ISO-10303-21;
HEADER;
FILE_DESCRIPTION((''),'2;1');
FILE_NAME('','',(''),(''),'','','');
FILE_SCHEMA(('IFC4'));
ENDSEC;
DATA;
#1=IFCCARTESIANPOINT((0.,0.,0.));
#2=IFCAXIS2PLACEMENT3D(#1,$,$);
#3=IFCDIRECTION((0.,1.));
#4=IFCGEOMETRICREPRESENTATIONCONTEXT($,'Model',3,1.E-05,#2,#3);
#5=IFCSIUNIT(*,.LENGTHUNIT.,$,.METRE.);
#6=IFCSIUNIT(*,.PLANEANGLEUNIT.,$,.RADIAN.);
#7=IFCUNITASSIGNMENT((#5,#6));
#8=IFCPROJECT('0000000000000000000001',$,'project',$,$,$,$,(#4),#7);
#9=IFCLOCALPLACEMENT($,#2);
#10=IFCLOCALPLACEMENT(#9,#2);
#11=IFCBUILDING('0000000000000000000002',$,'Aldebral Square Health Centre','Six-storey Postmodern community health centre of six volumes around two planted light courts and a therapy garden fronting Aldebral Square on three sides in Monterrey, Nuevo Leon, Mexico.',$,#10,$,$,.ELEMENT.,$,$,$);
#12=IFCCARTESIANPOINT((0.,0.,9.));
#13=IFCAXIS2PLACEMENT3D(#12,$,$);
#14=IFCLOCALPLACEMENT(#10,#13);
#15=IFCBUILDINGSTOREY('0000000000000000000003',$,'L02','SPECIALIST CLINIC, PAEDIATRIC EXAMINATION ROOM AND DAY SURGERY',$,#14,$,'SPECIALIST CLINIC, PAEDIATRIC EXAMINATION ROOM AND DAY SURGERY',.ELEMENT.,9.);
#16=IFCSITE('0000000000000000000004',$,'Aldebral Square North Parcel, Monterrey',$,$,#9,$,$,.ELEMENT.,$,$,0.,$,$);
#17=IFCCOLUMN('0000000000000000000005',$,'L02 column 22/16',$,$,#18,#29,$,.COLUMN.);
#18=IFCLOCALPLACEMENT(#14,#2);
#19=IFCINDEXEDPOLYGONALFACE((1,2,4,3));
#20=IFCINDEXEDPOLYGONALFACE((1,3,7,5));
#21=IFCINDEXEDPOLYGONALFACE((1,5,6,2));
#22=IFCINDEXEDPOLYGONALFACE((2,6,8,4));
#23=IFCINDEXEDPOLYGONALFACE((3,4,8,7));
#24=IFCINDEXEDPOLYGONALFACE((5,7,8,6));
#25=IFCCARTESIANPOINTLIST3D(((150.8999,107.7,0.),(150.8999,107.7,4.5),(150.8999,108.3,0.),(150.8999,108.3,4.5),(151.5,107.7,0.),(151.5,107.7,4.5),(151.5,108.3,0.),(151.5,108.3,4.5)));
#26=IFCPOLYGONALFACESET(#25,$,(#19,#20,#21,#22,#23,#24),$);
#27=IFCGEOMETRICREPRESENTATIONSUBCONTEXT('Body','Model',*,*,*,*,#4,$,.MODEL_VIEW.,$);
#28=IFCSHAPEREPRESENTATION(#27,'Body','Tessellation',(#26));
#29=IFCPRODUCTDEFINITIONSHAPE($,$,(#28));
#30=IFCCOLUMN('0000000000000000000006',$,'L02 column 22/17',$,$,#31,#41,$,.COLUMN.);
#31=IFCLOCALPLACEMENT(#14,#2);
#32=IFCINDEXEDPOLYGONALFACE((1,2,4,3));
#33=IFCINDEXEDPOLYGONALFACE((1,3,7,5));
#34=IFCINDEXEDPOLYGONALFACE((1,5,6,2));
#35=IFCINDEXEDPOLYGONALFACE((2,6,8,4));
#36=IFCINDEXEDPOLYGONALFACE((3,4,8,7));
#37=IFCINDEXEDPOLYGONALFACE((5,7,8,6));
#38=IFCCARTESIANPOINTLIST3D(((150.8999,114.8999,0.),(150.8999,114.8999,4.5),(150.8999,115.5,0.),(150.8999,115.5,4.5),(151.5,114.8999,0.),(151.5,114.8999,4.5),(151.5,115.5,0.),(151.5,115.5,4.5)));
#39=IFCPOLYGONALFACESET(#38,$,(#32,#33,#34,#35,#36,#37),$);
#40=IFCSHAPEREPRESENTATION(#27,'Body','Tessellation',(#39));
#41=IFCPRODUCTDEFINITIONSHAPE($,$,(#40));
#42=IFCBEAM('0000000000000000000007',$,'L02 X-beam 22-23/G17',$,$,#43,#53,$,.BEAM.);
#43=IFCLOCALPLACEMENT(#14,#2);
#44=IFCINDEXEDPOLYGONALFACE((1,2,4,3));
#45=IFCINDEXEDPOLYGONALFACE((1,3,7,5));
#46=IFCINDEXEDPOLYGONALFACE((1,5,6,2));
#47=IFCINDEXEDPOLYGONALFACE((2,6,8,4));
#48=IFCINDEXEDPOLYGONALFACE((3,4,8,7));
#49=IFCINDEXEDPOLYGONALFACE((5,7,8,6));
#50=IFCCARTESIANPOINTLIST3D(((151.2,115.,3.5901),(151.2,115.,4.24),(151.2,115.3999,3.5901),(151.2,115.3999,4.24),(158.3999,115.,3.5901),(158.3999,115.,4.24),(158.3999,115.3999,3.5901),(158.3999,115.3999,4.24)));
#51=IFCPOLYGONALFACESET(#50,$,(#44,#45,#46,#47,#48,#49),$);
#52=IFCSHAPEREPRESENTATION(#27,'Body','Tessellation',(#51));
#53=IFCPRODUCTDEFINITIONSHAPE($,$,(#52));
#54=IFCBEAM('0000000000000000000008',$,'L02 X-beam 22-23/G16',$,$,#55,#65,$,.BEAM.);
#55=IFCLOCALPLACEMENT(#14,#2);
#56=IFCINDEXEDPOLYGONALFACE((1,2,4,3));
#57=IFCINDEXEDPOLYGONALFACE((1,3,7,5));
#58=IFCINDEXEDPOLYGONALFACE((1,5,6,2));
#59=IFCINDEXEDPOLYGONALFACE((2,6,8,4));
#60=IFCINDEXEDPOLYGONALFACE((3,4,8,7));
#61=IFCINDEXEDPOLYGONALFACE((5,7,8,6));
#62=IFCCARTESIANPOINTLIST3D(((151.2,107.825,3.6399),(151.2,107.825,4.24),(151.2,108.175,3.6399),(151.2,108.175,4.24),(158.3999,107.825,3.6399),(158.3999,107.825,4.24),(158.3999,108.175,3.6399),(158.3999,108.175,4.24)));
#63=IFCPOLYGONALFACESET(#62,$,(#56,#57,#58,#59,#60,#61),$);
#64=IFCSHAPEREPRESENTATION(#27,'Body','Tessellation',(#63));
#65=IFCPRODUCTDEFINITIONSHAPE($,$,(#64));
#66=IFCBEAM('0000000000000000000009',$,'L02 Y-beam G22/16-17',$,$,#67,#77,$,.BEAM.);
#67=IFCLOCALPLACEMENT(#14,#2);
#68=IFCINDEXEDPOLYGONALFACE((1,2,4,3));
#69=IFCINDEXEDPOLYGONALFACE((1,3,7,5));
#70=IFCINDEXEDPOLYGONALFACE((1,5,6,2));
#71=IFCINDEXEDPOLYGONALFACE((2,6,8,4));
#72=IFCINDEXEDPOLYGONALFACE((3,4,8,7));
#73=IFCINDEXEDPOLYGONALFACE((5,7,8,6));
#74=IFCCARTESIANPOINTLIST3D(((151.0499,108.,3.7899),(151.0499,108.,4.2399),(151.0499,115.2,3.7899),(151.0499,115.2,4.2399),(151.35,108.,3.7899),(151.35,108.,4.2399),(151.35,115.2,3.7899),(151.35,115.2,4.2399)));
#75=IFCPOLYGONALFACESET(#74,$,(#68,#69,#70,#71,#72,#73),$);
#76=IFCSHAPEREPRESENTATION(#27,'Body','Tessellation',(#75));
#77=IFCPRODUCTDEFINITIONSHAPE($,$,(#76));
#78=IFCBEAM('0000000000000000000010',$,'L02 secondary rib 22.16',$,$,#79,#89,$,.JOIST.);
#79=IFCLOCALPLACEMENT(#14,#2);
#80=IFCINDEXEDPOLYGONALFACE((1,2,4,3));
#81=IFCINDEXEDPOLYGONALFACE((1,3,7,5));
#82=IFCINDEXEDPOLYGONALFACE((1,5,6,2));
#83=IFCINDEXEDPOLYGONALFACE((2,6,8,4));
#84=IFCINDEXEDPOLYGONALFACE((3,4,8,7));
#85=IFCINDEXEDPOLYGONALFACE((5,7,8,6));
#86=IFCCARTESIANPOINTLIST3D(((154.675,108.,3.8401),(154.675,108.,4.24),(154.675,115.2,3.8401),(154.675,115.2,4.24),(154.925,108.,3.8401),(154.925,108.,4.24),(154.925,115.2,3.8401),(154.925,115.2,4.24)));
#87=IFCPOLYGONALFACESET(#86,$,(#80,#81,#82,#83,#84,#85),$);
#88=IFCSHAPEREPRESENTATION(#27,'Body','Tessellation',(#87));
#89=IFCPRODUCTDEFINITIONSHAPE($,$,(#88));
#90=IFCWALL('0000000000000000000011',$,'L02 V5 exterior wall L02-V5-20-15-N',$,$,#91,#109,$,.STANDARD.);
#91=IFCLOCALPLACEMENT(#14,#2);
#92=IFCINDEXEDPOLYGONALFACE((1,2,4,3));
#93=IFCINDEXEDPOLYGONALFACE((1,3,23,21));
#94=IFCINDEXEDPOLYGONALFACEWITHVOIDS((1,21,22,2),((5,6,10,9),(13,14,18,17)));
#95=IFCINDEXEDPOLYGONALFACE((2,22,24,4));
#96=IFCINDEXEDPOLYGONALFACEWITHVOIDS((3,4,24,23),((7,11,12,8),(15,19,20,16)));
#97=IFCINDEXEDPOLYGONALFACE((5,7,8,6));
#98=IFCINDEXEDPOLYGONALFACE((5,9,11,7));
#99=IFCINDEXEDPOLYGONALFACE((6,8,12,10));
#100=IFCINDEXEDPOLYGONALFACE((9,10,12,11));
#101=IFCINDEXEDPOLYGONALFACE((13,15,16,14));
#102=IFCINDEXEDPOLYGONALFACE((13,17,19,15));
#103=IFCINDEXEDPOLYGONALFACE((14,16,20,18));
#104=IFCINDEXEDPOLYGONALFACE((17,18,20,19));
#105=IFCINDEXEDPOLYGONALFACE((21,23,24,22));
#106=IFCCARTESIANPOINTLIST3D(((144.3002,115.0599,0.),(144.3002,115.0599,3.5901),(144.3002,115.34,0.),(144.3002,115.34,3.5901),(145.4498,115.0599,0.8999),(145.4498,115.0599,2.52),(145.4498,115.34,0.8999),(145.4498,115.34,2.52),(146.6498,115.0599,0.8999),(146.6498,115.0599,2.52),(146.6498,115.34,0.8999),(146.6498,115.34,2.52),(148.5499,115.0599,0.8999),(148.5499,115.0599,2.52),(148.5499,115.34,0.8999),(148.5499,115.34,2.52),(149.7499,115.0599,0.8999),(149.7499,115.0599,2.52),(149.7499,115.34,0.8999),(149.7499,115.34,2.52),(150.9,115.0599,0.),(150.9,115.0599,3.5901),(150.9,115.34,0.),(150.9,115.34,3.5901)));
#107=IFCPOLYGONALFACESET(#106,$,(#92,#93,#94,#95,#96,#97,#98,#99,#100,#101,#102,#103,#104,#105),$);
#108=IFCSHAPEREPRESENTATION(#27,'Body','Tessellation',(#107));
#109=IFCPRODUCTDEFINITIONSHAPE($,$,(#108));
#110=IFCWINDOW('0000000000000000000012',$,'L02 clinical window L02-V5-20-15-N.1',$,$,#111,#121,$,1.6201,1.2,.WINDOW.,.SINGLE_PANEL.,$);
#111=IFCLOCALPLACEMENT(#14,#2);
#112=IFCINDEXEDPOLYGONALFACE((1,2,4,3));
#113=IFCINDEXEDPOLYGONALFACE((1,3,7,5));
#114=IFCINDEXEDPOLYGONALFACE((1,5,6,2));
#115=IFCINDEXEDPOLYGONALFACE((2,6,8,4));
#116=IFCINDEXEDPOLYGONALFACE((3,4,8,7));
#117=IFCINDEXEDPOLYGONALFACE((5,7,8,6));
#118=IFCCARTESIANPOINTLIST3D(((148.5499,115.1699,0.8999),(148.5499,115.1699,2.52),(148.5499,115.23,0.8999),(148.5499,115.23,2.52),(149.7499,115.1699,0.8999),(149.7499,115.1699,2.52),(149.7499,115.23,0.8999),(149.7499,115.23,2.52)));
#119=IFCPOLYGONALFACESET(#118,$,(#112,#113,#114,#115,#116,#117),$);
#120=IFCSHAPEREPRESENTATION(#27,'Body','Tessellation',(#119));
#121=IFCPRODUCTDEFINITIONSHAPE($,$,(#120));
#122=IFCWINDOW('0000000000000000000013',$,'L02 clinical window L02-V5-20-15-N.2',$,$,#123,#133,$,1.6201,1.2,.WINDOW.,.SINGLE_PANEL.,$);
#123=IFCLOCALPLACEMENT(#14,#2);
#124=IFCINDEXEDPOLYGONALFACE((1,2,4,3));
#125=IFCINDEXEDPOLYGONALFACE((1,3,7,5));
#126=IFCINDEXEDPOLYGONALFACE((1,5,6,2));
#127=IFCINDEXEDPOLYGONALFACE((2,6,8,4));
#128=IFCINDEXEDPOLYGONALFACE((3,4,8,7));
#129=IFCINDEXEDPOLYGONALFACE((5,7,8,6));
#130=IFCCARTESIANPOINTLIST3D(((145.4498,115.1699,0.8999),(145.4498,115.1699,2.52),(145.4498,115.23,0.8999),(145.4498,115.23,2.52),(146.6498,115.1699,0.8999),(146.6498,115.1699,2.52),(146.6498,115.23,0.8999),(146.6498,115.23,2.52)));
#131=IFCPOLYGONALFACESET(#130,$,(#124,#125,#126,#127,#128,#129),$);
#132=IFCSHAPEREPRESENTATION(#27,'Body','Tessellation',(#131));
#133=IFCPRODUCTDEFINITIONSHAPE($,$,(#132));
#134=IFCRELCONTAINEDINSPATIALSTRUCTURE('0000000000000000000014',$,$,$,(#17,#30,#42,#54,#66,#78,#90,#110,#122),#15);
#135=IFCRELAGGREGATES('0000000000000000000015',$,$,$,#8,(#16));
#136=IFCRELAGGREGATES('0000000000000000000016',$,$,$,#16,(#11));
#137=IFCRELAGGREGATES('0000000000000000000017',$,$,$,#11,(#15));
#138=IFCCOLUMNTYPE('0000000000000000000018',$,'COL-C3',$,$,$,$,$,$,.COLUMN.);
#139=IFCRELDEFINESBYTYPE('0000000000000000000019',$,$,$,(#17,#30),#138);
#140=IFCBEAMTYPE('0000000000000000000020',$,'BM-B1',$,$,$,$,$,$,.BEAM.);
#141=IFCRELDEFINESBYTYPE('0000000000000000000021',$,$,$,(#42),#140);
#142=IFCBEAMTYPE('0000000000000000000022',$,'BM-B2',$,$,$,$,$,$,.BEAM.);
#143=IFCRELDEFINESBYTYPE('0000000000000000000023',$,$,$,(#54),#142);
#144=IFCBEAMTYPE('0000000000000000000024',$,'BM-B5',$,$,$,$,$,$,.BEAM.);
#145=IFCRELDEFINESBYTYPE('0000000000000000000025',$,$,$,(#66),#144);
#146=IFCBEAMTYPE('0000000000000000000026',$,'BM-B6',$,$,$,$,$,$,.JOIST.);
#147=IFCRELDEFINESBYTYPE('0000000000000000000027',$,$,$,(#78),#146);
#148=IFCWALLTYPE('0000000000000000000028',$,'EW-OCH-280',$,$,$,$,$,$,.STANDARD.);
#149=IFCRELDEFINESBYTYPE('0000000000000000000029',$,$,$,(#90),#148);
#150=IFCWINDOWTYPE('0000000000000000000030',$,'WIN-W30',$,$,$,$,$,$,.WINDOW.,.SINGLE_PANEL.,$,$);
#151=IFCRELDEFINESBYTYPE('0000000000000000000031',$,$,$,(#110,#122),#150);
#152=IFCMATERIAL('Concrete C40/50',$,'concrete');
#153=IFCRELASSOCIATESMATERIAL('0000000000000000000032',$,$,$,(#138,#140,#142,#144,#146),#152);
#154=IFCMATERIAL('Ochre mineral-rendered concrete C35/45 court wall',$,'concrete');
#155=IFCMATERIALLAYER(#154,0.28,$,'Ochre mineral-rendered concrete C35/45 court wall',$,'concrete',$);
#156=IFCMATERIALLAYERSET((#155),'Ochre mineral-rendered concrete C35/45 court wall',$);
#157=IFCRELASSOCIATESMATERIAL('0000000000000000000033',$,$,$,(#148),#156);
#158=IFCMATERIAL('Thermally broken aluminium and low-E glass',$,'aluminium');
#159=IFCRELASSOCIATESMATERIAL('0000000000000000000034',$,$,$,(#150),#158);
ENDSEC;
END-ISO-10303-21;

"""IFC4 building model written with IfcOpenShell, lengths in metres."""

from ifc_helpers import new_model, si_unit, direction, frame, frame_2d, origin, origin_2d, place, context, subcontext, project, spatial, rectangle, extrude, material, layer, layer_set, material_profile, profile_set, type_object, element, fill, save


model = new_model("IFC4")

# Units and contexts
model_context = context("Model", 3, precision=1e-05, world=origin(), true_north=direction((0.0, 1.0)))
body_context = subcontext(model_context, "Body", "Model", "MODEL_VIEW")
ifc_project = project(units=[si_unit("LENGTHUNIT", "METRE"), si_unit("PLANEANGLEUNIT", "RADIAN")], contexts=[model_context])

# Site, building, storey
site_placement = place(None, origin())
site = spatial("IfcSite", under=ifc_project, at=site_placement, Name="Aldebral Square North Parcel, Monterrey", CompositionType="ELEMENT", RefElevation=0.0)
building_placement = place(site_placement, origin())
building = spatial("IfcBuilding", under=site, at=building_placement, Name="Aldebral Square Health Centre", Description="Six-storey Postmodern community health centre of six volumes around two planted light courts and a therapy garden fronting Aldebral Square on three sides in Monterrey, Nuevo Leon, Mexico.", CompositionType="ELEMENT")
storey_placement = place(building_placement, frame((0.0, 0.0, 9.0)))
storey = spatial("IfcBuildingStorey", under=building, at=storey_placement, Name="L02", Description="SPECIALIST CLINIC, PAEDIATRIC EXAMINATION ROOM AND DAY SURGERY", LongName="SPECIALIST CLINIC, PAEDIATRIC EXAMINATION ROOM AND DAY SURGERY", CompositionType="ELEMENT", Elevation=9.0)

# Columns
ifc_material_1 = material(Name="Concrete C40/50", Category="concrete")
ifc_material_profile_1 = material_profile(ifc_material_1, rectangle(XDim=0.6001, YDim=0.6001, at=origin_2d()), Name="RC 600x600")
ifc_profile_set_1 = profile_set([ifc_material_profile_1], Name="Concrete C40/50")
column_type = type_object("IfcColumnType", Name="COL-C3", PredefinedType="COLUMN", material=ifc_profile_set_1)
for number, where, z_axis, x_axis, name in (
    (1, (151.2, 108.0, 0.0), (0.0, 0.0, 1.0), (1.0, 0.0, 0.0), "L02 column 22/16"),
    (2, (151.2, 115.2, 0.0), (0.0, 0.0, 1.0), (1.0, 0.0, 0.0), "L02 column 22/17"),
):
    element("IfcColumn", number, at=place(storey_placement, frame(where, z_axis=z_axis, x_axis=x_axis)), inside=storey, type_object=column_type, Name=name, PredefinedType="COLUMN", context=body_context, shape_type="SweptSolid", body=[
        extrude(rectangle(XDim=0.6001, YDim=0.6001, at=origin_2d()), origin(), (0.0, 0.0, 1.0), 4.5),
    ])

# Beams
ifc_material_profile_2 = material_profile(ifc_material_1, rectangle(XDim=0.3999, YDim=0.6499, at=origin_2d()), Name="RC 400x650")
ifc_profile_set_2 = profile_set([ifc_material_profile_2], Name="Concrete C40/50")
beam_type_1 = type_object("IfcBeamType", Name="BM-B1", PredefinedType="BEAM", material=ifc_profile_set_2)
beam_1_placement = place(storey_placement, frame((151.2, 115.2, 3.915), z_axis=(1.0, 0.0, 0.0), x_axis=(0.0, 1.0, 0.0)))
element("IfcBeam", 3, at=beam_1_placement, inside=storey, type_object=beam_type_1, Name="L02 X-beam 22-23/G17", PredefinedType="BEAM", context=body_context, shape_type="SweptSolid", body=[
    extrude(rectangle(XDim=0.3999, YDim=0.6499, at=origin_2d()), origin(), (0.0, 0.0, 1.0), 7.2),
])
ifc_material_profile_3 = material_profile(ifc_material_1, rectangle(XDim=0.3501, YDim=0.6001, at=origin_2d()), Name="RC 350x600")
ifc_profile_set_3 = profile_set([ifc_material_profile_3], Name="Concrete C40/50")
beam_type_2 = type_object("IfcBeamType", Name="BM-B2", PredefinedType="BEAM", material=ifc_profile_set_3)
beam_2_placement = place(storey_placement, frame((151.2, 108.0, 3.9399), z_axis=(1.0, 0.0, 0.0), x_axis=(0.0, 1.0, 0.0)))
element("IfcBeam", 4, at=beam_2_placement, inside=storey, type_object=beam_type_2, Name="L02 X-beam 22-23/G16", PredefinedType="BEAM", context=body_context, shape_type="SweptSolid", body=[
    extrude(rectangle(XDim=0.3501, YDim=0.6001, at=origin_2d()), origin(), (0.0, 0.0, 1.0), 7.2),
])
ifc_material_profile_4 = material_profile(ifc_material_1, rectangle(XDim=0.3, YDim=0.45, at=origin_2d()), Name="RC 300x450")
ifc_profile_set_4 = profile_set([ifc_material_profile_4], Name="Concrete C40/50")
beam_type_3 = type_object("IfcBeamType", Name="BM-B5", PredefinedType="BEAM", material=ifc_profile_set_4)
beam_3_placement = place(storey_placement, frame((151.2, 108.0, 4.0149), z_axis=(0.0, 1.0, 0.0), x_axis=(-1.0, 0.0, 0.0)))
element("IfcBeam", 5, at=beam_3_placement, inside=storey, type_object=beam_type_3, Name="L02 Y-beam G22/16-17", PredefinedType="BEAM", context=body_context, shape_type="SweptSolid", body=[
    extrude(rectangle(XDim=0.3, YDim=0.45, at=origin_2d()), origin(), (0.0, 0.0, 1.0), 7.2),
])
ifc_material_profile_5 = material_profile(ifc_material_1, rectangle(XDim=0.25, YDim=0.3999, at=origin_2d()), Name="RC 250x400")
ifc_profile_set_5 = profile_set([ifc_material_profile_5], Name="Concrete C40/50")
beam_type_4 = type_object("IfcBeamType", Name="BM-B6", PredefinedType="JOIST", material=ifc_profile_set_5)
beam_4_placement = place(storey_placement, frame((154.8, 108.0, 4.04), z_axis=(0.0, 1.0, 0.0), x_axis=(-1.0, 0.0, 0.0)))
element("IfcBeam", 6, at=beam_4_placement, inside=storey, type_object=beam_type_4, Name="L02 secondary rib 22.16", PredefinedType="JOIST", context=body_context, shape_type="SweptSolid", body=[
    extrude(rectangle(XDim=0.25, YDim=0.3999, at=origin_2d()), origin(), (0.0, 0.0, 1.0), 7.2),
])

# Wall, openings, windows
ifc_material_2 = material(Name="Ochre mineral-rendered concrete C35/45 court wall", Category="concrete")
ifc_layer_1 = layer(ifc_material_2, 0.28, Name="Ochre mineral-rendered concrete C35/45 court wall", Category="concrete")
ifc_layer_set_1 = layer_set([ifc_layer_1], Name="Ochre mineral-rendered concrete C35/45 court wall")
wall_type_1 = type_object("IfcWallType", Name="EW-OCH-280", PredefinedType="STANDARD", material=ifc_layer_set_1)
wall_1_placement = place(storey_placement, frame((150.8999, 115.2, 0.0), z_axis=(0.0, 0.0, 1.0), x_axis=(-1.0, 0.0, 0.0)))
wall_1 = element("IfcWall", 7, at=wall_1_placement, inside=storey, type_object=wall_type_1, Name="L02 V5 exterior wall L02-V5-20-15-N", PredefinedType="STANDARD", context=body_context, shape_type="SweptSolid", body=[
    extrude(rectangle(XDim=6.5999, YDim=0.28, at=frame_2d((3.2998, 0.0))), origin(), (0.0, 0.0, 1.0), 3.5901),
])
opening_1_placement = place(wall_1_placement, frame((1.1499, 0.0, 0.8999)))
opening_1 = element("IfcOpeningElement", 8, at=opening_1_placement, cuts=wall_1, PredefinedType="OPENING", context=body_context, shape_type="SweptSolid", body=[
    extrude(rectangle(XDim=1.2, YDim=1.6201, at=frame_2d((0.6001, 0.8101))), frame((0.0, 0.1499, 0.0), z_axis=(0.0, -1.0, 0.0), x_axis=(1.0, 0.0, 0.0)), (0.0, 0.0, 1.0), 0.3),
])
opening_2_placement = place(wall_1_placement, frame((4.25, 0.0, 0.8999)))
opening_2 = element("IfcOpeningElement", 9, at=opening_2_placement, cuts=wall_1, PredefinedType="OPENING", context=body_context, shape_type="SweptSolid", body=[
    extrude(rectangle(XDim=1.2, YDim=1.6201, at=frame_2d((0.6001, 0.8101))), frame((0.0, 0.1499, 0.0), z_axis=(0.0, -1.0, 0.0), x_axis=(1.0, 0.0, 0.0)), (0.0, 0.0, 1.0), 0.3),
])
ifc_material_3 = material(Name="Thermally broken aluminium and low-E glass", Category="aluminium")
window_type_1 = type_object("IfcWindowType", Name="WIN-W30", PartitioningType="SINGLE_PANEL", PredefinedType="WINDOW", material=ifc_material_3)
window_1_placement = place(opening_1_placement, origin())
window_1 = element("IfcWindow", 10, at=window_1_placement, inside=storey, type_object=window_type_1, Name="L02 clinical window L02-V5-20-15-N.1", OverallHeight=1.6201, OverallWidth=1.2, PartitioningType="SINGLE_PANEL", PredefinedType="WINDOW", context=body_context, shape_type="SweptSolid", body=[
    extrude(rectangle(XDim=1.2, YDim=1.6201, at=frame_2d((0.6001, 0.8101))), frame((0.0, 0.03, 0.0), z_axis=(0.0, -1.0, 0.0), x_axis=(1.0, 0.0, 0.0)), (0.0, 0.0, 1.0), 0.0601),
])
fill(opening_1, window_1)
window_2_placement = place(opening_2_placement, origin())
window_2 = element("IfcWindow", 11, at=window_2_placement, inside=storey, type_object=window_type_1, Name="L02 clinical window L02-V5-20-15-N.2", OverallHeight=1.6201, OverallWidth=1.2, PartitioningType="SINGLE_PANEL", PredefinedType="WINDOW", context=body_context, shape_type="SweptSolid", body=[
    extrude(rectangle(XDim=1.2, YDim=1.6201, at=frame_2d((0.6001, 0.8101))), frame((0.0, 0.03, 0.0), z_axis=(0.0, -1.0, 0.0), x_axis=(1.0, 0.0, 0.0)), (0.0, 0.0, 1.0), 0.0601),
])
fill(opening_2, window_2)

save(model, "model.ifc")
